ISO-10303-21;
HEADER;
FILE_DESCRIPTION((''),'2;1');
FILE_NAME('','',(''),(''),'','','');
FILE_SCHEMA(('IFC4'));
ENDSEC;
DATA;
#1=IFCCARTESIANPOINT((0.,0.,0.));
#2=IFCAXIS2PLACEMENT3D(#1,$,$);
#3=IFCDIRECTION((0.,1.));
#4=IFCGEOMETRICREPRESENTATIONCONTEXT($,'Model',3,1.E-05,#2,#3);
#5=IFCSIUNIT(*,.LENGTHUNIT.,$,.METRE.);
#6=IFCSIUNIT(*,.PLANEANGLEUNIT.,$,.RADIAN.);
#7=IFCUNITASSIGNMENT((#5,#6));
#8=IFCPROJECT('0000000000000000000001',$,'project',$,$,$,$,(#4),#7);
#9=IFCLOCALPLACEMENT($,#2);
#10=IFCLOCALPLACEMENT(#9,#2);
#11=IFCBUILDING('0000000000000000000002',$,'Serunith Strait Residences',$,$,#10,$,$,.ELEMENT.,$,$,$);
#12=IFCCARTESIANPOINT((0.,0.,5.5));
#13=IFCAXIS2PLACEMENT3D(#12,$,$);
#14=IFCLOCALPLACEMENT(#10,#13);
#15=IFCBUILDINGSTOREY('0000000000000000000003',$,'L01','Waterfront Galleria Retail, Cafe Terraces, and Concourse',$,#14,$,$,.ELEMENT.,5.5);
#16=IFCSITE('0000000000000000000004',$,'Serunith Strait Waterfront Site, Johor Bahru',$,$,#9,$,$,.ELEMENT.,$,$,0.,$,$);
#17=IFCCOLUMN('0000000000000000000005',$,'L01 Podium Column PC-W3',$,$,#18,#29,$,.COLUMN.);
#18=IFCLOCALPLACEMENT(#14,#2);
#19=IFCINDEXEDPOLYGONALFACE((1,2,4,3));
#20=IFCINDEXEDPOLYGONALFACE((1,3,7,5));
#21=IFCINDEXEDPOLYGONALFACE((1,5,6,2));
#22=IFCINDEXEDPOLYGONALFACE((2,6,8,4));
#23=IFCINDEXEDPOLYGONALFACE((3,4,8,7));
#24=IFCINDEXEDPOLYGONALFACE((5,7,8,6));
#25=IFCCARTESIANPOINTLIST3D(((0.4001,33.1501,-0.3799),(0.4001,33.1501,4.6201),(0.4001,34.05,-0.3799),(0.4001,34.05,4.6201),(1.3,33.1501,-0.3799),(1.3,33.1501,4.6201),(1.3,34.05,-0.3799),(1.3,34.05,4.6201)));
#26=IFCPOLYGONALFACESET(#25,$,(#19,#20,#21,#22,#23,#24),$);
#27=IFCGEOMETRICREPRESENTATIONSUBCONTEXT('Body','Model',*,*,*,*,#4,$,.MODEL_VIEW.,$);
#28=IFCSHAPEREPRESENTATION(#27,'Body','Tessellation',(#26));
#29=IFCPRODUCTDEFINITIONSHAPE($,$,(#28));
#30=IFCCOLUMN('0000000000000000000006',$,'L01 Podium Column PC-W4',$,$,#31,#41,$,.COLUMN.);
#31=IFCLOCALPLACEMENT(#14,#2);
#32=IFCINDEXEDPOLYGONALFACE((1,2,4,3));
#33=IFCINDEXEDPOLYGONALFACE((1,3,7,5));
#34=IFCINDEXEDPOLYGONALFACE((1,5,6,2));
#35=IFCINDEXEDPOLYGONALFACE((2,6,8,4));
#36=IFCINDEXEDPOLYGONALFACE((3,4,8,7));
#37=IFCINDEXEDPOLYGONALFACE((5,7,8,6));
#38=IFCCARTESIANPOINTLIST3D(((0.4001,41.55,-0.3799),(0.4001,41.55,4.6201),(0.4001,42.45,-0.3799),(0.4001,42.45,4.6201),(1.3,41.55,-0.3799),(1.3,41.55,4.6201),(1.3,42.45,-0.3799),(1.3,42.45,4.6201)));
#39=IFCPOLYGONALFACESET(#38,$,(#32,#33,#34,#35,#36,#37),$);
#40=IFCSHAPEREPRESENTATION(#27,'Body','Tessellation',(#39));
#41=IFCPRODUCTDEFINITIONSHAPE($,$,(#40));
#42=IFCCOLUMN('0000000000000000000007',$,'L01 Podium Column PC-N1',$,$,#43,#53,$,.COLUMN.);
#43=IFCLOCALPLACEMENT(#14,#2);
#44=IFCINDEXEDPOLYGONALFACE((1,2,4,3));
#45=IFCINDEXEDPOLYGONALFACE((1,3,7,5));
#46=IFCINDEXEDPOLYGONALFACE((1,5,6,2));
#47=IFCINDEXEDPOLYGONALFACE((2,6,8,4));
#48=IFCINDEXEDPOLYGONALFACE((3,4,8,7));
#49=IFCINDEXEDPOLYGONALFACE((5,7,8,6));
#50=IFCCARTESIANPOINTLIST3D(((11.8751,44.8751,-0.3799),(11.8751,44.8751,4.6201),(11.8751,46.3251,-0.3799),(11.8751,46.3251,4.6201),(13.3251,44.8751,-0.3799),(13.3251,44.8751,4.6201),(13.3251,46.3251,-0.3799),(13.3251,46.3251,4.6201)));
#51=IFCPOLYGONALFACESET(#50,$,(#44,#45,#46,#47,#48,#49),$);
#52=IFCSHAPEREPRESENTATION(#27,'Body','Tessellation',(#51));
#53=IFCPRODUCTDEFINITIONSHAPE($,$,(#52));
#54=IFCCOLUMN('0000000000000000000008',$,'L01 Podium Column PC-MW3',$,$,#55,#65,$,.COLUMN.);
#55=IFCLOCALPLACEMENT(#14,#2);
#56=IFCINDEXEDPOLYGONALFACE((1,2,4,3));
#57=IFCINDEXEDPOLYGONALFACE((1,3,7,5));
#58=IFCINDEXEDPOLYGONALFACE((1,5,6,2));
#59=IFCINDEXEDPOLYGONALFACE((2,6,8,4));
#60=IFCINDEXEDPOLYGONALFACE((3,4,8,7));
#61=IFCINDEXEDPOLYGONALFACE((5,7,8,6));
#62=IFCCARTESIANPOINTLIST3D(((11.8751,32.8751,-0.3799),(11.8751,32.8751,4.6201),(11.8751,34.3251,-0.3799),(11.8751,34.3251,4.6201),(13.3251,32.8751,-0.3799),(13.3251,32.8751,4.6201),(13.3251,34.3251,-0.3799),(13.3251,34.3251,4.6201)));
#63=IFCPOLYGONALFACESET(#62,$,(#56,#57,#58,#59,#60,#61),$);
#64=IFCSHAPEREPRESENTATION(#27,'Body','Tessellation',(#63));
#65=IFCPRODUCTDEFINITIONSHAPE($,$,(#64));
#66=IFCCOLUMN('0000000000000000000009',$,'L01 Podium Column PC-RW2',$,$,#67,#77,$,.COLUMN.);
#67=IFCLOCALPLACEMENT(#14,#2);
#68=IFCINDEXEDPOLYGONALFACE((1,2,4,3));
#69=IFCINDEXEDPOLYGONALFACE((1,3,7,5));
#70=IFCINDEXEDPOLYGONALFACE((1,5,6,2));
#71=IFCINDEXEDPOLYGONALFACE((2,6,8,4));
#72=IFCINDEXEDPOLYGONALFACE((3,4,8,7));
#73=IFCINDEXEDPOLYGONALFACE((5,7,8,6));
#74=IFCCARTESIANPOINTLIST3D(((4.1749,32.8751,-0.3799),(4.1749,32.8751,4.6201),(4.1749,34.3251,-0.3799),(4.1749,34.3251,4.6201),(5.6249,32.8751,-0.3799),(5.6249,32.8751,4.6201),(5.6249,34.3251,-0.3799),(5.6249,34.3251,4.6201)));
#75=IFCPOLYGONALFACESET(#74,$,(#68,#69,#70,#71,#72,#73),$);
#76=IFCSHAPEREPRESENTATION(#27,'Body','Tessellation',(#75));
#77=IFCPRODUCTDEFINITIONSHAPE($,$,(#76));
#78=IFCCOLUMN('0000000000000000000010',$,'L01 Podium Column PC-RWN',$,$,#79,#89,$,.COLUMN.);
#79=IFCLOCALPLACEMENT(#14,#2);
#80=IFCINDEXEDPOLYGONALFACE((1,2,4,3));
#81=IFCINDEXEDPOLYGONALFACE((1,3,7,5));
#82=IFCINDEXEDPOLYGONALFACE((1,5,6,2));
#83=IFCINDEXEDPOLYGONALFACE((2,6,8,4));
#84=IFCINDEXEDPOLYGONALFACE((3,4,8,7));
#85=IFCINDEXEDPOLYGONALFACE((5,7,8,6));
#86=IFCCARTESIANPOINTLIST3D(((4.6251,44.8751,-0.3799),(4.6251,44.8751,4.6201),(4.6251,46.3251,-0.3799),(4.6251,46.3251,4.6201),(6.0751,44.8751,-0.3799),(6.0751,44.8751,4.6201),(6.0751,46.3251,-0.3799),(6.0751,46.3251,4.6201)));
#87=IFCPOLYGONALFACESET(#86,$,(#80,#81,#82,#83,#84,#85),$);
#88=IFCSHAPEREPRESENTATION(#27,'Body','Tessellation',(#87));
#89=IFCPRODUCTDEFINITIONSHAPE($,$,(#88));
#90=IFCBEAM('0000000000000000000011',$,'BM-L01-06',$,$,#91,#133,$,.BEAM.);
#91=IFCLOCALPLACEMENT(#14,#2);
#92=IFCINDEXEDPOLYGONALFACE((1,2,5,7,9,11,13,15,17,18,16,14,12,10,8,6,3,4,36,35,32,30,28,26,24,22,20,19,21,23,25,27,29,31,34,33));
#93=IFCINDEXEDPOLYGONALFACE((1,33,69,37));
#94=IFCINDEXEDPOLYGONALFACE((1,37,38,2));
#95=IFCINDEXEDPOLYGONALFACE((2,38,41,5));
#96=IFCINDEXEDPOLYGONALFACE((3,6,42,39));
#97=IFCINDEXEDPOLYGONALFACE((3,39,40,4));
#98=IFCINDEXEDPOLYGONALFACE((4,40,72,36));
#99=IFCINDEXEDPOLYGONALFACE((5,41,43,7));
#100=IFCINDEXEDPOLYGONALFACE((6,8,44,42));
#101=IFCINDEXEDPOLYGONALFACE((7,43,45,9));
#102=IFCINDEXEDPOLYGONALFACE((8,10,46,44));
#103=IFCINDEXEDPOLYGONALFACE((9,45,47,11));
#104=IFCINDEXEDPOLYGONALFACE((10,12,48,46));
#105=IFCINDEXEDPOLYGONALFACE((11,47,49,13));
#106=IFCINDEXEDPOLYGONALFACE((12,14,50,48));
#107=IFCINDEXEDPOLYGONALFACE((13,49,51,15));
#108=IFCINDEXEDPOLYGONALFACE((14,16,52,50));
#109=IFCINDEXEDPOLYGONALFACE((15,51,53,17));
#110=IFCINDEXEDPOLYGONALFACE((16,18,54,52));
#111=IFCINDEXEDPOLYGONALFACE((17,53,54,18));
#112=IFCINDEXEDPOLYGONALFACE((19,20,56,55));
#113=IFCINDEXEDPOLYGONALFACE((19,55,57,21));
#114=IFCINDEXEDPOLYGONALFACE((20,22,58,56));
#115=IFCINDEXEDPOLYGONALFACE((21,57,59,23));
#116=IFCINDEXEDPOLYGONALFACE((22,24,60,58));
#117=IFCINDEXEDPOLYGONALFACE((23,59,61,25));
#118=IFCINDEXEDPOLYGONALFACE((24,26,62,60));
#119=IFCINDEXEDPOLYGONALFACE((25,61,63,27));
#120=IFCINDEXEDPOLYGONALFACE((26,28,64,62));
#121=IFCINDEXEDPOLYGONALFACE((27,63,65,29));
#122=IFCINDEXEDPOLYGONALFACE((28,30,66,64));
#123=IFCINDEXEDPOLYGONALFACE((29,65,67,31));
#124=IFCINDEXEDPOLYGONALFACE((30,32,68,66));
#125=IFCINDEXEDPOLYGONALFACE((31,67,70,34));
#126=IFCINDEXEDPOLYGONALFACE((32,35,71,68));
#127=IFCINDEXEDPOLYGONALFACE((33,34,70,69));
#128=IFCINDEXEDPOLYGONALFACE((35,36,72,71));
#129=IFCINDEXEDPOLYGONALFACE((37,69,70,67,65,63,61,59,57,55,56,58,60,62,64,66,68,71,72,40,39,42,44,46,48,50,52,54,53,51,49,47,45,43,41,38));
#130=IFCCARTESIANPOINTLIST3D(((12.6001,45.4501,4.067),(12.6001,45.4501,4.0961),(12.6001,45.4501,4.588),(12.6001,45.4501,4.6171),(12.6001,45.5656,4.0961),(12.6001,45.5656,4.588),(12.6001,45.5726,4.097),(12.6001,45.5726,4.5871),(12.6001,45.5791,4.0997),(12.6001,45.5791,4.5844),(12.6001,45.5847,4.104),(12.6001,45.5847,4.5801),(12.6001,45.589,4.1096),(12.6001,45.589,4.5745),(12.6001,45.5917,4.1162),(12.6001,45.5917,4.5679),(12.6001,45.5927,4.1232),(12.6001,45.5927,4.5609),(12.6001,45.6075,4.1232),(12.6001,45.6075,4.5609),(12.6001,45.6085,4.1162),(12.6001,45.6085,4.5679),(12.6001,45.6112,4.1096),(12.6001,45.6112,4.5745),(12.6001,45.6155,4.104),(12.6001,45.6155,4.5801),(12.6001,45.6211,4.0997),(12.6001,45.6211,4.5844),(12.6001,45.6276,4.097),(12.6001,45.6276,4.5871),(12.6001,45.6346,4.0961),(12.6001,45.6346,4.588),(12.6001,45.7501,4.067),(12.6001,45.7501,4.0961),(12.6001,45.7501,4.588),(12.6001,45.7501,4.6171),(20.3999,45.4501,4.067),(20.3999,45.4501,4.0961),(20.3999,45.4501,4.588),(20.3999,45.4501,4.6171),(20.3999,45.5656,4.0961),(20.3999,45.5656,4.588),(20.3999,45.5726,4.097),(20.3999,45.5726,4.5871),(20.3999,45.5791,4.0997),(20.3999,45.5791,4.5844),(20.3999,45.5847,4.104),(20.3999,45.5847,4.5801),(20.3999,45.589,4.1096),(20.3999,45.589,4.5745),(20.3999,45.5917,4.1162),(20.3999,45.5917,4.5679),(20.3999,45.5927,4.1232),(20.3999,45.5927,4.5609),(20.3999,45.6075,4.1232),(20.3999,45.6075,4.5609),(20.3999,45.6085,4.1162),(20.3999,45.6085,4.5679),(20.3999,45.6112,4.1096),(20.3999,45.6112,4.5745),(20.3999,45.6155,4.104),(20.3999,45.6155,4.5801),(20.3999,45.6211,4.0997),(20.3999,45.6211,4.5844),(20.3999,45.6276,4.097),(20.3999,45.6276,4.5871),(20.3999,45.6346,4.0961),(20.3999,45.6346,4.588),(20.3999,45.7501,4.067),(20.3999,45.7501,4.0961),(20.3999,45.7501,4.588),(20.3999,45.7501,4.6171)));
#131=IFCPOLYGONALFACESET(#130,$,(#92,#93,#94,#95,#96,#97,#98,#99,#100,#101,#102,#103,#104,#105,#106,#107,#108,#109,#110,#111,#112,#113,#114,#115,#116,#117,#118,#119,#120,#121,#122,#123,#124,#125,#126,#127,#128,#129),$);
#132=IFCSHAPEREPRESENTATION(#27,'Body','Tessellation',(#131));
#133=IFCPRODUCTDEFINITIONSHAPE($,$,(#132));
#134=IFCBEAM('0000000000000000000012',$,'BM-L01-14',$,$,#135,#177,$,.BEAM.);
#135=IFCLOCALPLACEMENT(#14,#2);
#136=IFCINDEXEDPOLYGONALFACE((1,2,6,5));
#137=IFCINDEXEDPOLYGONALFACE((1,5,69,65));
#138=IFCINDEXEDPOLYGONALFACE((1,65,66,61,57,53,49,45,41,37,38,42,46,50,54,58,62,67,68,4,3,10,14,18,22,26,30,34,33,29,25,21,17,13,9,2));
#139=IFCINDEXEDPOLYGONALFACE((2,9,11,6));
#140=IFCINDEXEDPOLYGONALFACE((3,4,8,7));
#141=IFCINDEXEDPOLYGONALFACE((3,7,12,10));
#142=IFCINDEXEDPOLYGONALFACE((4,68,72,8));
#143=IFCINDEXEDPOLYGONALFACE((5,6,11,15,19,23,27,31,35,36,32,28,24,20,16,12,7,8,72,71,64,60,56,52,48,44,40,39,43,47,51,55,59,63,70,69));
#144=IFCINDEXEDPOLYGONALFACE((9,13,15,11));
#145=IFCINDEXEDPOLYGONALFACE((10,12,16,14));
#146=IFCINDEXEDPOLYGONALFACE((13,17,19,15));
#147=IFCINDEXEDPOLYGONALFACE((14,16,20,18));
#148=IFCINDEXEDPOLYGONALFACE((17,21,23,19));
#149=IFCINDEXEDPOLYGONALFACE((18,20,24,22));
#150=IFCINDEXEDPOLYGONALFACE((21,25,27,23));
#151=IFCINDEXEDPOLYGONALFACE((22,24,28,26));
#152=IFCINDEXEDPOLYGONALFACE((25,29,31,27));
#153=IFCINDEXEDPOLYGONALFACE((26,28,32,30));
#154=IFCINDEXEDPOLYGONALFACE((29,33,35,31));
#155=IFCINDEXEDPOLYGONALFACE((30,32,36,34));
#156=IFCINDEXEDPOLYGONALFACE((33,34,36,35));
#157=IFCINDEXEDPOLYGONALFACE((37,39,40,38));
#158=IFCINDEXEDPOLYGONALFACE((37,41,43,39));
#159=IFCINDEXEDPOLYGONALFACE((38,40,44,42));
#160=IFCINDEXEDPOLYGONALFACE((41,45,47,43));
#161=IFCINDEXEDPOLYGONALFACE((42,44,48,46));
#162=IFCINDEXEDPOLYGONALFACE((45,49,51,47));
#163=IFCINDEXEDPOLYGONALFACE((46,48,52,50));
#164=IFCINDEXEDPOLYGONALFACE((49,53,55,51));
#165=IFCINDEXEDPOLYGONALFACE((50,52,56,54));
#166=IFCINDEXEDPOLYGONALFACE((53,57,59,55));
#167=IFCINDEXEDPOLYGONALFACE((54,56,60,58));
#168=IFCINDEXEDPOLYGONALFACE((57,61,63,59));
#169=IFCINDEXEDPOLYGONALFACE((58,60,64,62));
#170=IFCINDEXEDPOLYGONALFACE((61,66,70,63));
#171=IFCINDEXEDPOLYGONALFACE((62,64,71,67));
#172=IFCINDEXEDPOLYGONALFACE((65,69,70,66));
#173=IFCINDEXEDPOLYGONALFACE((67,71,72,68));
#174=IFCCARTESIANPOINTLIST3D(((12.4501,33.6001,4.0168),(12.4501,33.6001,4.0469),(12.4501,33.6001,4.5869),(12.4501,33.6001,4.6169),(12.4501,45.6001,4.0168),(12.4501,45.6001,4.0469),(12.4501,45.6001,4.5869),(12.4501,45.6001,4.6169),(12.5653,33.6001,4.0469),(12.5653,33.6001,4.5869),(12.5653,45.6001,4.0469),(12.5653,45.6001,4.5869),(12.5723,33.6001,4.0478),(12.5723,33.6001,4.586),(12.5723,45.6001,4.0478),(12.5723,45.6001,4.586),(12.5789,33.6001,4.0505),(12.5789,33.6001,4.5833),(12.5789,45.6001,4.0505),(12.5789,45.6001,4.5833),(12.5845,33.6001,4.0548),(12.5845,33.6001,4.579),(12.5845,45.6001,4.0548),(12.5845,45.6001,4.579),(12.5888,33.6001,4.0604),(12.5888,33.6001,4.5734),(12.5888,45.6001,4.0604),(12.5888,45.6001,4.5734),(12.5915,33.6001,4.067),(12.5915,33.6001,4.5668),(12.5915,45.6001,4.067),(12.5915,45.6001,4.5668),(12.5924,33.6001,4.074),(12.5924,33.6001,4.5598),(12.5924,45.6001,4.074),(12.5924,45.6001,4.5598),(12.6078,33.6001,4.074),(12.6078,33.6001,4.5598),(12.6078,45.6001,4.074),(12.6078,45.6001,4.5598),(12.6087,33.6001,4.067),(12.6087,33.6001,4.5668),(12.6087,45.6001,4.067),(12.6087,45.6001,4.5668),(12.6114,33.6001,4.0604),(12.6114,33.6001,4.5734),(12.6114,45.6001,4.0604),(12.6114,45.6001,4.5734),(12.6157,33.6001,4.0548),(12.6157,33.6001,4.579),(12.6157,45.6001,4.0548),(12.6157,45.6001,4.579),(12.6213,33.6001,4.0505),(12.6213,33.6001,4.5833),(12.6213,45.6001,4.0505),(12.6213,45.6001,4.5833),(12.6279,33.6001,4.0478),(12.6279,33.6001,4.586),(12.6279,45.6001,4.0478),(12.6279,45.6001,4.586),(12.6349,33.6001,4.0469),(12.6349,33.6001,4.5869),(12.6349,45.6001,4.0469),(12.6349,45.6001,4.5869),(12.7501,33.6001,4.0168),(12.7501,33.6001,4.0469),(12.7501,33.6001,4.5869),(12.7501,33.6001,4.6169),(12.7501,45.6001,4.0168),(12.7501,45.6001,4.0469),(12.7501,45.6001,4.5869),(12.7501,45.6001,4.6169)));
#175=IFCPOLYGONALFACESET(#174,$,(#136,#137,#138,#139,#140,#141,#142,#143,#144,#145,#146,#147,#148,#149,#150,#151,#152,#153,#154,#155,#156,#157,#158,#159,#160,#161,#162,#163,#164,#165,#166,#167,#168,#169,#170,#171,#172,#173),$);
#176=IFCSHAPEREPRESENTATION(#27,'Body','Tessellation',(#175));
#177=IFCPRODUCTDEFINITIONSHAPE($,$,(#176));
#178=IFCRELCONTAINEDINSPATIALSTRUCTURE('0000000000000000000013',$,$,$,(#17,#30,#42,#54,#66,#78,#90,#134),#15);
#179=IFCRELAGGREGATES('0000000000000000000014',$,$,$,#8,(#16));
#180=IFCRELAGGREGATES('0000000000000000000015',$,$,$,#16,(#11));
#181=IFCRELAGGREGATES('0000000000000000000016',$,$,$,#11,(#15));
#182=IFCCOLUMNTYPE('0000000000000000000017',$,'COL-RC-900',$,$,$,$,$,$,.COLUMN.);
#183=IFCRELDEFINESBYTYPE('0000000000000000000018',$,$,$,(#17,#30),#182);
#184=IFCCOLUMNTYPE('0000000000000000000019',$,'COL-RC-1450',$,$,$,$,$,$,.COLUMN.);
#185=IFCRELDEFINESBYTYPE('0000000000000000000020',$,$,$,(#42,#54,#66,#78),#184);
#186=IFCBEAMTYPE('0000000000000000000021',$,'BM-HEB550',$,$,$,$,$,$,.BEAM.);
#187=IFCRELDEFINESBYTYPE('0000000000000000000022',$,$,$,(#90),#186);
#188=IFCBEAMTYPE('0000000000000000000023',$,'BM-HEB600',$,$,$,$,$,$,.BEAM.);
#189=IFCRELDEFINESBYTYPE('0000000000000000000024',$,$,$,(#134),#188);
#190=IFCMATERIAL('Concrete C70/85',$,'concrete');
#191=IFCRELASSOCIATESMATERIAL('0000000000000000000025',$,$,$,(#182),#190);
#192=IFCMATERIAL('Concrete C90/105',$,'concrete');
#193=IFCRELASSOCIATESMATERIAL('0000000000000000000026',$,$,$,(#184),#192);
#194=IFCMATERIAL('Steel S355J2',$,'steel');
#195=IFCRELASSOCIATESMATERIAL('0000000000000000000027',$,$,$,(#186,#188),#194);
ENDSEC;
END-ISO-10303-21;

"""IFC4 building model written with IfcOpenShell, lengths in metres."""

from ifc_helpers import new_model, si_unit, direction, frame, origin, origin_2d, place, context, subcontext, project, spatial, rectangle, i_section, extrude, source, transform, mapped, material, material_profile, profile_set, type_object, element, save


model = new_model("IFC4")

# Units and contexts
model_context = context("Model", 3, precision=1e-05, world=origin(), true_north=direction((0.0, 1.0)))
body_context = subcontext(model_context, "Body", "Model", "MODEL_VIEW")
ifc_project = project(units=[si_unit("LENGTHUNIT", "METRE"), si_unit("PLANEANGLEUNIT", "RADIAN")], contexts=[model_context])

# Site, building, storey
site_placement = place(None, origin())
site = spatial("IfcSite", under=ifc_project, at=site_placement, Name="Serunith Strait Waterfront Site, Johor Bahru", CompositionType="ELEMENT", RefElevation=0.0)
building_placement = place(site_placement, origin())
building = spatial("IfcBuilding", under=site, at=building_placement, Name="Serunith Strait Residences", CompositionType="ELEMENT")
storey_placement = place(building_placement, frame((0.0, 0.0, 5.5)))
storey = spatial("IfcBuildingStorey", under=building, at=storey_placement, Name="L01", Description="Waterfront Galleria Retail, Cafe Terraces, and Concourse", CompositionType="ELEMENT", Elevation=5.5)

# Columns
ifc_material_1 = material(Name="Concrete C70/85", Category="concrete")
ifc_material_profile_1 = material_profile(ifc_material_1, rectangle(XDim=0.8999, YDim=0.8999, at=origin_2d()), Name="RC 900x900")
ifc_profile_set_1 = profile_set([ifc_material_profile_1], Name="Concrete C70/85")
column_type_1 = type_object("IfcColumnType", Name="COL-RC-900", PredefinedType="COLUMN", material=ifc_profile_set_1)
shared_shape_1 = source(origin(), body_context, "Body", "SweptSolid", [
    extrude(rectangle(XDim=0.8999, YDim=0.8999, at=origin_2d()), origin(), (0.0, 0.0, 1.0), 5.0),
])
for number, where, z_axis, x_axis, name in (
    (1, (0.8501, 33.6001, -0.3799), (0.0, 0.0, 1.0), (1.0, 0.0, 0.0), "L01 Podium Column PC-W3"),
    (2, (0.8501, 42.0, -0.3799), (0.0, 0.0, 1.0), (1.0, 0.0, 0.0), "L01 Podium Column PC-W4"),
):
    element("IfcColumn", number, at=place(storey_placement, frame(where, z_axis=z_axis, x_axis=x_axis)), inside=storey, type_object=column_type_1, Name=name, PredefinedType="COLUMN", context=body_context, shape_type="MappedRepresentation", body=[
        mapped(shared_shape_1, transform((0.0, 0.0, 0.0), scale=1.0)),
    ])
ifc_material_2 = material(Name="Concrete C90/105", Category="concrete")
ifc_material_profile_2 = material_profile(ifc_material_2, rectangle(XDim=1.45, YDim=1.45, at=origin_2d()), Name="RC 1450x1450")
ifc_profile_set_2 = profile_set([ifc_material_profile_2], Name="Concrete C90/105")
column_type_2 = type_object("IfcColumnType", Name="COL-RC-1450", PredefinedType="COLUMN", material=ifc_profile_set_2)
shared_shape_2 = source(origin(), body_context, "Body", "SweptSolid", [
    extrude(rectangle(XDim=1.45, YDim=1.45, at=origin_2d()), origin(), (0.0, 0.0, 1.0), 5.0),
])
for number, where, z_axis, x_axis, name in (
    (3, (12.6001, 45.6001, -0.3799), (0.0, 0.0, 1.0), (1.0, 0.0, 0.0), "L01 Podium Column PC-N1"),
    (4, (12.6001, 33.6001, -0.3799), (0.0, 0.0, 1.0), (1.0, 0.0, 0.0), "L01 Podium Column PC-MW3"),
    (5, (4.8999, 33.6001, -0.3799), (0.0, 0.0, 1.0), (1.0, 0.0, 0.0), "L01 Podium Column PC-RW2"),
    (6, (5.3501, 45.6001, -0.3799), (0.0, 0.0, 1.0), (1.0, 0.0, 0.0), "L01 Podium Column PC-RWN"),
):
    element("IfcColumn", number, at=place(storey_placement, frame(where, z_axis=z_axis, x_axis=x_axis)), inside=storey, type_object=column_type_2, Name=name, PredefinedType="COLUMN", context=body_context, shape_type="MappedRepresentation", body=[
        mapped(shared_shape_2, transform((0.0, 0.0, 0.0), scale=1.0)),
    ])

# Beams
ifc_material_3 = material(Name="Steel S355J2", Category="steel")
ifc_material_profile_3 = material_profile(ifc_material_3, i_section(OverallWidth=0.3, OverallDepth=0.55, WebThickness=0.0149, FlangeThickness=0.0291, FilletRadius=0.0271, at=origin_2d()), Name="HEB 550")
ifc_profile_set_3 = profile_set([ifc_material_profile_3], Name="Steel S355J2")
beam_type_1 = type_object("IfcBeamType", Name="BM-HEB550", PredefinedType="BEAM", material=ifc_profile_set_3)
shared_shape_3 = source(origin(), body_context, "Body", "SweptSolid", [
    extrude(i_section(OverallWidth=0.3, OverallDepth=0.55, WebThickness=0.0149, FlangeThickness=0.0291, FilletRadius=0.0271, at=origin_2d()), origin(), (0.0, 0.0, 1.0), 7.7998),
])
beam_1_placement = place(storey_placement, frame((12.6001, 45.6001, 4.342), z_axis=(1.0, 0.0, 0.0), x_axis=(0.0, 1.0, 0.0)))
element("IfcBeam", 7, at=beam_1_placement, inside=storey, type_object=beam_type_1, Name="BM-L01-06", PredefinedType="BEAM", context=body_context, shape_type="MappedRepresentation", body=[
    mapped(shared_shape_3, transform((0.0, 0.0, 0.0), scale=1.0)),
])
ifc_material_profile_4 = material_profile(ifc_material_3, i_section(OverallWidth=0.3, OverallDepth=0.6001, WebThickness=0.0154, FlangeThickness=0.03, FilletRadius=0.0271, at=origin_2d()), Name="HEB 600")
ifc_profile_set_4 = profile_set([ifc_material_profile_4], Name="Steel S355J2")
beam_type_2 = type_object("IfcBeamType", Name="BM-HEB600", PredefinedType="BEAM", material=ifc_profile_set_4)
shared_shape_4 = source(origin(), body_context, "Body", "SweptSolid", [
    extrude(i_section(OverallWidth=0.3, OverallDepth=0.6001, WebThickness=0.0154, FlangeThickness=0.03, FilletRadius=0.0271, at=origin_2d()), origin(), (0.0, 0.0, 1.0), 12.0),
])
beam_2_placement = place(storey_placement, frame((12.6001, 33.6001, 4.3169), z_axis=(0.0, 1.0, 0.0), x_axis=(-1.0, 0.0, 0.0)))
element("IfcBeam", 8, at=beam_2_placement, inside=storey, type_object=beam_type_2, Name="BM-L01-14", PredefinedType="BEAM", context=body_context, shape_type="MappedRepresentation", body=[
    mapped(shared_shape_4, transform((0.0, 0.0, 0.0), scale=1.0)),
])

save(model, "model.ifc")
